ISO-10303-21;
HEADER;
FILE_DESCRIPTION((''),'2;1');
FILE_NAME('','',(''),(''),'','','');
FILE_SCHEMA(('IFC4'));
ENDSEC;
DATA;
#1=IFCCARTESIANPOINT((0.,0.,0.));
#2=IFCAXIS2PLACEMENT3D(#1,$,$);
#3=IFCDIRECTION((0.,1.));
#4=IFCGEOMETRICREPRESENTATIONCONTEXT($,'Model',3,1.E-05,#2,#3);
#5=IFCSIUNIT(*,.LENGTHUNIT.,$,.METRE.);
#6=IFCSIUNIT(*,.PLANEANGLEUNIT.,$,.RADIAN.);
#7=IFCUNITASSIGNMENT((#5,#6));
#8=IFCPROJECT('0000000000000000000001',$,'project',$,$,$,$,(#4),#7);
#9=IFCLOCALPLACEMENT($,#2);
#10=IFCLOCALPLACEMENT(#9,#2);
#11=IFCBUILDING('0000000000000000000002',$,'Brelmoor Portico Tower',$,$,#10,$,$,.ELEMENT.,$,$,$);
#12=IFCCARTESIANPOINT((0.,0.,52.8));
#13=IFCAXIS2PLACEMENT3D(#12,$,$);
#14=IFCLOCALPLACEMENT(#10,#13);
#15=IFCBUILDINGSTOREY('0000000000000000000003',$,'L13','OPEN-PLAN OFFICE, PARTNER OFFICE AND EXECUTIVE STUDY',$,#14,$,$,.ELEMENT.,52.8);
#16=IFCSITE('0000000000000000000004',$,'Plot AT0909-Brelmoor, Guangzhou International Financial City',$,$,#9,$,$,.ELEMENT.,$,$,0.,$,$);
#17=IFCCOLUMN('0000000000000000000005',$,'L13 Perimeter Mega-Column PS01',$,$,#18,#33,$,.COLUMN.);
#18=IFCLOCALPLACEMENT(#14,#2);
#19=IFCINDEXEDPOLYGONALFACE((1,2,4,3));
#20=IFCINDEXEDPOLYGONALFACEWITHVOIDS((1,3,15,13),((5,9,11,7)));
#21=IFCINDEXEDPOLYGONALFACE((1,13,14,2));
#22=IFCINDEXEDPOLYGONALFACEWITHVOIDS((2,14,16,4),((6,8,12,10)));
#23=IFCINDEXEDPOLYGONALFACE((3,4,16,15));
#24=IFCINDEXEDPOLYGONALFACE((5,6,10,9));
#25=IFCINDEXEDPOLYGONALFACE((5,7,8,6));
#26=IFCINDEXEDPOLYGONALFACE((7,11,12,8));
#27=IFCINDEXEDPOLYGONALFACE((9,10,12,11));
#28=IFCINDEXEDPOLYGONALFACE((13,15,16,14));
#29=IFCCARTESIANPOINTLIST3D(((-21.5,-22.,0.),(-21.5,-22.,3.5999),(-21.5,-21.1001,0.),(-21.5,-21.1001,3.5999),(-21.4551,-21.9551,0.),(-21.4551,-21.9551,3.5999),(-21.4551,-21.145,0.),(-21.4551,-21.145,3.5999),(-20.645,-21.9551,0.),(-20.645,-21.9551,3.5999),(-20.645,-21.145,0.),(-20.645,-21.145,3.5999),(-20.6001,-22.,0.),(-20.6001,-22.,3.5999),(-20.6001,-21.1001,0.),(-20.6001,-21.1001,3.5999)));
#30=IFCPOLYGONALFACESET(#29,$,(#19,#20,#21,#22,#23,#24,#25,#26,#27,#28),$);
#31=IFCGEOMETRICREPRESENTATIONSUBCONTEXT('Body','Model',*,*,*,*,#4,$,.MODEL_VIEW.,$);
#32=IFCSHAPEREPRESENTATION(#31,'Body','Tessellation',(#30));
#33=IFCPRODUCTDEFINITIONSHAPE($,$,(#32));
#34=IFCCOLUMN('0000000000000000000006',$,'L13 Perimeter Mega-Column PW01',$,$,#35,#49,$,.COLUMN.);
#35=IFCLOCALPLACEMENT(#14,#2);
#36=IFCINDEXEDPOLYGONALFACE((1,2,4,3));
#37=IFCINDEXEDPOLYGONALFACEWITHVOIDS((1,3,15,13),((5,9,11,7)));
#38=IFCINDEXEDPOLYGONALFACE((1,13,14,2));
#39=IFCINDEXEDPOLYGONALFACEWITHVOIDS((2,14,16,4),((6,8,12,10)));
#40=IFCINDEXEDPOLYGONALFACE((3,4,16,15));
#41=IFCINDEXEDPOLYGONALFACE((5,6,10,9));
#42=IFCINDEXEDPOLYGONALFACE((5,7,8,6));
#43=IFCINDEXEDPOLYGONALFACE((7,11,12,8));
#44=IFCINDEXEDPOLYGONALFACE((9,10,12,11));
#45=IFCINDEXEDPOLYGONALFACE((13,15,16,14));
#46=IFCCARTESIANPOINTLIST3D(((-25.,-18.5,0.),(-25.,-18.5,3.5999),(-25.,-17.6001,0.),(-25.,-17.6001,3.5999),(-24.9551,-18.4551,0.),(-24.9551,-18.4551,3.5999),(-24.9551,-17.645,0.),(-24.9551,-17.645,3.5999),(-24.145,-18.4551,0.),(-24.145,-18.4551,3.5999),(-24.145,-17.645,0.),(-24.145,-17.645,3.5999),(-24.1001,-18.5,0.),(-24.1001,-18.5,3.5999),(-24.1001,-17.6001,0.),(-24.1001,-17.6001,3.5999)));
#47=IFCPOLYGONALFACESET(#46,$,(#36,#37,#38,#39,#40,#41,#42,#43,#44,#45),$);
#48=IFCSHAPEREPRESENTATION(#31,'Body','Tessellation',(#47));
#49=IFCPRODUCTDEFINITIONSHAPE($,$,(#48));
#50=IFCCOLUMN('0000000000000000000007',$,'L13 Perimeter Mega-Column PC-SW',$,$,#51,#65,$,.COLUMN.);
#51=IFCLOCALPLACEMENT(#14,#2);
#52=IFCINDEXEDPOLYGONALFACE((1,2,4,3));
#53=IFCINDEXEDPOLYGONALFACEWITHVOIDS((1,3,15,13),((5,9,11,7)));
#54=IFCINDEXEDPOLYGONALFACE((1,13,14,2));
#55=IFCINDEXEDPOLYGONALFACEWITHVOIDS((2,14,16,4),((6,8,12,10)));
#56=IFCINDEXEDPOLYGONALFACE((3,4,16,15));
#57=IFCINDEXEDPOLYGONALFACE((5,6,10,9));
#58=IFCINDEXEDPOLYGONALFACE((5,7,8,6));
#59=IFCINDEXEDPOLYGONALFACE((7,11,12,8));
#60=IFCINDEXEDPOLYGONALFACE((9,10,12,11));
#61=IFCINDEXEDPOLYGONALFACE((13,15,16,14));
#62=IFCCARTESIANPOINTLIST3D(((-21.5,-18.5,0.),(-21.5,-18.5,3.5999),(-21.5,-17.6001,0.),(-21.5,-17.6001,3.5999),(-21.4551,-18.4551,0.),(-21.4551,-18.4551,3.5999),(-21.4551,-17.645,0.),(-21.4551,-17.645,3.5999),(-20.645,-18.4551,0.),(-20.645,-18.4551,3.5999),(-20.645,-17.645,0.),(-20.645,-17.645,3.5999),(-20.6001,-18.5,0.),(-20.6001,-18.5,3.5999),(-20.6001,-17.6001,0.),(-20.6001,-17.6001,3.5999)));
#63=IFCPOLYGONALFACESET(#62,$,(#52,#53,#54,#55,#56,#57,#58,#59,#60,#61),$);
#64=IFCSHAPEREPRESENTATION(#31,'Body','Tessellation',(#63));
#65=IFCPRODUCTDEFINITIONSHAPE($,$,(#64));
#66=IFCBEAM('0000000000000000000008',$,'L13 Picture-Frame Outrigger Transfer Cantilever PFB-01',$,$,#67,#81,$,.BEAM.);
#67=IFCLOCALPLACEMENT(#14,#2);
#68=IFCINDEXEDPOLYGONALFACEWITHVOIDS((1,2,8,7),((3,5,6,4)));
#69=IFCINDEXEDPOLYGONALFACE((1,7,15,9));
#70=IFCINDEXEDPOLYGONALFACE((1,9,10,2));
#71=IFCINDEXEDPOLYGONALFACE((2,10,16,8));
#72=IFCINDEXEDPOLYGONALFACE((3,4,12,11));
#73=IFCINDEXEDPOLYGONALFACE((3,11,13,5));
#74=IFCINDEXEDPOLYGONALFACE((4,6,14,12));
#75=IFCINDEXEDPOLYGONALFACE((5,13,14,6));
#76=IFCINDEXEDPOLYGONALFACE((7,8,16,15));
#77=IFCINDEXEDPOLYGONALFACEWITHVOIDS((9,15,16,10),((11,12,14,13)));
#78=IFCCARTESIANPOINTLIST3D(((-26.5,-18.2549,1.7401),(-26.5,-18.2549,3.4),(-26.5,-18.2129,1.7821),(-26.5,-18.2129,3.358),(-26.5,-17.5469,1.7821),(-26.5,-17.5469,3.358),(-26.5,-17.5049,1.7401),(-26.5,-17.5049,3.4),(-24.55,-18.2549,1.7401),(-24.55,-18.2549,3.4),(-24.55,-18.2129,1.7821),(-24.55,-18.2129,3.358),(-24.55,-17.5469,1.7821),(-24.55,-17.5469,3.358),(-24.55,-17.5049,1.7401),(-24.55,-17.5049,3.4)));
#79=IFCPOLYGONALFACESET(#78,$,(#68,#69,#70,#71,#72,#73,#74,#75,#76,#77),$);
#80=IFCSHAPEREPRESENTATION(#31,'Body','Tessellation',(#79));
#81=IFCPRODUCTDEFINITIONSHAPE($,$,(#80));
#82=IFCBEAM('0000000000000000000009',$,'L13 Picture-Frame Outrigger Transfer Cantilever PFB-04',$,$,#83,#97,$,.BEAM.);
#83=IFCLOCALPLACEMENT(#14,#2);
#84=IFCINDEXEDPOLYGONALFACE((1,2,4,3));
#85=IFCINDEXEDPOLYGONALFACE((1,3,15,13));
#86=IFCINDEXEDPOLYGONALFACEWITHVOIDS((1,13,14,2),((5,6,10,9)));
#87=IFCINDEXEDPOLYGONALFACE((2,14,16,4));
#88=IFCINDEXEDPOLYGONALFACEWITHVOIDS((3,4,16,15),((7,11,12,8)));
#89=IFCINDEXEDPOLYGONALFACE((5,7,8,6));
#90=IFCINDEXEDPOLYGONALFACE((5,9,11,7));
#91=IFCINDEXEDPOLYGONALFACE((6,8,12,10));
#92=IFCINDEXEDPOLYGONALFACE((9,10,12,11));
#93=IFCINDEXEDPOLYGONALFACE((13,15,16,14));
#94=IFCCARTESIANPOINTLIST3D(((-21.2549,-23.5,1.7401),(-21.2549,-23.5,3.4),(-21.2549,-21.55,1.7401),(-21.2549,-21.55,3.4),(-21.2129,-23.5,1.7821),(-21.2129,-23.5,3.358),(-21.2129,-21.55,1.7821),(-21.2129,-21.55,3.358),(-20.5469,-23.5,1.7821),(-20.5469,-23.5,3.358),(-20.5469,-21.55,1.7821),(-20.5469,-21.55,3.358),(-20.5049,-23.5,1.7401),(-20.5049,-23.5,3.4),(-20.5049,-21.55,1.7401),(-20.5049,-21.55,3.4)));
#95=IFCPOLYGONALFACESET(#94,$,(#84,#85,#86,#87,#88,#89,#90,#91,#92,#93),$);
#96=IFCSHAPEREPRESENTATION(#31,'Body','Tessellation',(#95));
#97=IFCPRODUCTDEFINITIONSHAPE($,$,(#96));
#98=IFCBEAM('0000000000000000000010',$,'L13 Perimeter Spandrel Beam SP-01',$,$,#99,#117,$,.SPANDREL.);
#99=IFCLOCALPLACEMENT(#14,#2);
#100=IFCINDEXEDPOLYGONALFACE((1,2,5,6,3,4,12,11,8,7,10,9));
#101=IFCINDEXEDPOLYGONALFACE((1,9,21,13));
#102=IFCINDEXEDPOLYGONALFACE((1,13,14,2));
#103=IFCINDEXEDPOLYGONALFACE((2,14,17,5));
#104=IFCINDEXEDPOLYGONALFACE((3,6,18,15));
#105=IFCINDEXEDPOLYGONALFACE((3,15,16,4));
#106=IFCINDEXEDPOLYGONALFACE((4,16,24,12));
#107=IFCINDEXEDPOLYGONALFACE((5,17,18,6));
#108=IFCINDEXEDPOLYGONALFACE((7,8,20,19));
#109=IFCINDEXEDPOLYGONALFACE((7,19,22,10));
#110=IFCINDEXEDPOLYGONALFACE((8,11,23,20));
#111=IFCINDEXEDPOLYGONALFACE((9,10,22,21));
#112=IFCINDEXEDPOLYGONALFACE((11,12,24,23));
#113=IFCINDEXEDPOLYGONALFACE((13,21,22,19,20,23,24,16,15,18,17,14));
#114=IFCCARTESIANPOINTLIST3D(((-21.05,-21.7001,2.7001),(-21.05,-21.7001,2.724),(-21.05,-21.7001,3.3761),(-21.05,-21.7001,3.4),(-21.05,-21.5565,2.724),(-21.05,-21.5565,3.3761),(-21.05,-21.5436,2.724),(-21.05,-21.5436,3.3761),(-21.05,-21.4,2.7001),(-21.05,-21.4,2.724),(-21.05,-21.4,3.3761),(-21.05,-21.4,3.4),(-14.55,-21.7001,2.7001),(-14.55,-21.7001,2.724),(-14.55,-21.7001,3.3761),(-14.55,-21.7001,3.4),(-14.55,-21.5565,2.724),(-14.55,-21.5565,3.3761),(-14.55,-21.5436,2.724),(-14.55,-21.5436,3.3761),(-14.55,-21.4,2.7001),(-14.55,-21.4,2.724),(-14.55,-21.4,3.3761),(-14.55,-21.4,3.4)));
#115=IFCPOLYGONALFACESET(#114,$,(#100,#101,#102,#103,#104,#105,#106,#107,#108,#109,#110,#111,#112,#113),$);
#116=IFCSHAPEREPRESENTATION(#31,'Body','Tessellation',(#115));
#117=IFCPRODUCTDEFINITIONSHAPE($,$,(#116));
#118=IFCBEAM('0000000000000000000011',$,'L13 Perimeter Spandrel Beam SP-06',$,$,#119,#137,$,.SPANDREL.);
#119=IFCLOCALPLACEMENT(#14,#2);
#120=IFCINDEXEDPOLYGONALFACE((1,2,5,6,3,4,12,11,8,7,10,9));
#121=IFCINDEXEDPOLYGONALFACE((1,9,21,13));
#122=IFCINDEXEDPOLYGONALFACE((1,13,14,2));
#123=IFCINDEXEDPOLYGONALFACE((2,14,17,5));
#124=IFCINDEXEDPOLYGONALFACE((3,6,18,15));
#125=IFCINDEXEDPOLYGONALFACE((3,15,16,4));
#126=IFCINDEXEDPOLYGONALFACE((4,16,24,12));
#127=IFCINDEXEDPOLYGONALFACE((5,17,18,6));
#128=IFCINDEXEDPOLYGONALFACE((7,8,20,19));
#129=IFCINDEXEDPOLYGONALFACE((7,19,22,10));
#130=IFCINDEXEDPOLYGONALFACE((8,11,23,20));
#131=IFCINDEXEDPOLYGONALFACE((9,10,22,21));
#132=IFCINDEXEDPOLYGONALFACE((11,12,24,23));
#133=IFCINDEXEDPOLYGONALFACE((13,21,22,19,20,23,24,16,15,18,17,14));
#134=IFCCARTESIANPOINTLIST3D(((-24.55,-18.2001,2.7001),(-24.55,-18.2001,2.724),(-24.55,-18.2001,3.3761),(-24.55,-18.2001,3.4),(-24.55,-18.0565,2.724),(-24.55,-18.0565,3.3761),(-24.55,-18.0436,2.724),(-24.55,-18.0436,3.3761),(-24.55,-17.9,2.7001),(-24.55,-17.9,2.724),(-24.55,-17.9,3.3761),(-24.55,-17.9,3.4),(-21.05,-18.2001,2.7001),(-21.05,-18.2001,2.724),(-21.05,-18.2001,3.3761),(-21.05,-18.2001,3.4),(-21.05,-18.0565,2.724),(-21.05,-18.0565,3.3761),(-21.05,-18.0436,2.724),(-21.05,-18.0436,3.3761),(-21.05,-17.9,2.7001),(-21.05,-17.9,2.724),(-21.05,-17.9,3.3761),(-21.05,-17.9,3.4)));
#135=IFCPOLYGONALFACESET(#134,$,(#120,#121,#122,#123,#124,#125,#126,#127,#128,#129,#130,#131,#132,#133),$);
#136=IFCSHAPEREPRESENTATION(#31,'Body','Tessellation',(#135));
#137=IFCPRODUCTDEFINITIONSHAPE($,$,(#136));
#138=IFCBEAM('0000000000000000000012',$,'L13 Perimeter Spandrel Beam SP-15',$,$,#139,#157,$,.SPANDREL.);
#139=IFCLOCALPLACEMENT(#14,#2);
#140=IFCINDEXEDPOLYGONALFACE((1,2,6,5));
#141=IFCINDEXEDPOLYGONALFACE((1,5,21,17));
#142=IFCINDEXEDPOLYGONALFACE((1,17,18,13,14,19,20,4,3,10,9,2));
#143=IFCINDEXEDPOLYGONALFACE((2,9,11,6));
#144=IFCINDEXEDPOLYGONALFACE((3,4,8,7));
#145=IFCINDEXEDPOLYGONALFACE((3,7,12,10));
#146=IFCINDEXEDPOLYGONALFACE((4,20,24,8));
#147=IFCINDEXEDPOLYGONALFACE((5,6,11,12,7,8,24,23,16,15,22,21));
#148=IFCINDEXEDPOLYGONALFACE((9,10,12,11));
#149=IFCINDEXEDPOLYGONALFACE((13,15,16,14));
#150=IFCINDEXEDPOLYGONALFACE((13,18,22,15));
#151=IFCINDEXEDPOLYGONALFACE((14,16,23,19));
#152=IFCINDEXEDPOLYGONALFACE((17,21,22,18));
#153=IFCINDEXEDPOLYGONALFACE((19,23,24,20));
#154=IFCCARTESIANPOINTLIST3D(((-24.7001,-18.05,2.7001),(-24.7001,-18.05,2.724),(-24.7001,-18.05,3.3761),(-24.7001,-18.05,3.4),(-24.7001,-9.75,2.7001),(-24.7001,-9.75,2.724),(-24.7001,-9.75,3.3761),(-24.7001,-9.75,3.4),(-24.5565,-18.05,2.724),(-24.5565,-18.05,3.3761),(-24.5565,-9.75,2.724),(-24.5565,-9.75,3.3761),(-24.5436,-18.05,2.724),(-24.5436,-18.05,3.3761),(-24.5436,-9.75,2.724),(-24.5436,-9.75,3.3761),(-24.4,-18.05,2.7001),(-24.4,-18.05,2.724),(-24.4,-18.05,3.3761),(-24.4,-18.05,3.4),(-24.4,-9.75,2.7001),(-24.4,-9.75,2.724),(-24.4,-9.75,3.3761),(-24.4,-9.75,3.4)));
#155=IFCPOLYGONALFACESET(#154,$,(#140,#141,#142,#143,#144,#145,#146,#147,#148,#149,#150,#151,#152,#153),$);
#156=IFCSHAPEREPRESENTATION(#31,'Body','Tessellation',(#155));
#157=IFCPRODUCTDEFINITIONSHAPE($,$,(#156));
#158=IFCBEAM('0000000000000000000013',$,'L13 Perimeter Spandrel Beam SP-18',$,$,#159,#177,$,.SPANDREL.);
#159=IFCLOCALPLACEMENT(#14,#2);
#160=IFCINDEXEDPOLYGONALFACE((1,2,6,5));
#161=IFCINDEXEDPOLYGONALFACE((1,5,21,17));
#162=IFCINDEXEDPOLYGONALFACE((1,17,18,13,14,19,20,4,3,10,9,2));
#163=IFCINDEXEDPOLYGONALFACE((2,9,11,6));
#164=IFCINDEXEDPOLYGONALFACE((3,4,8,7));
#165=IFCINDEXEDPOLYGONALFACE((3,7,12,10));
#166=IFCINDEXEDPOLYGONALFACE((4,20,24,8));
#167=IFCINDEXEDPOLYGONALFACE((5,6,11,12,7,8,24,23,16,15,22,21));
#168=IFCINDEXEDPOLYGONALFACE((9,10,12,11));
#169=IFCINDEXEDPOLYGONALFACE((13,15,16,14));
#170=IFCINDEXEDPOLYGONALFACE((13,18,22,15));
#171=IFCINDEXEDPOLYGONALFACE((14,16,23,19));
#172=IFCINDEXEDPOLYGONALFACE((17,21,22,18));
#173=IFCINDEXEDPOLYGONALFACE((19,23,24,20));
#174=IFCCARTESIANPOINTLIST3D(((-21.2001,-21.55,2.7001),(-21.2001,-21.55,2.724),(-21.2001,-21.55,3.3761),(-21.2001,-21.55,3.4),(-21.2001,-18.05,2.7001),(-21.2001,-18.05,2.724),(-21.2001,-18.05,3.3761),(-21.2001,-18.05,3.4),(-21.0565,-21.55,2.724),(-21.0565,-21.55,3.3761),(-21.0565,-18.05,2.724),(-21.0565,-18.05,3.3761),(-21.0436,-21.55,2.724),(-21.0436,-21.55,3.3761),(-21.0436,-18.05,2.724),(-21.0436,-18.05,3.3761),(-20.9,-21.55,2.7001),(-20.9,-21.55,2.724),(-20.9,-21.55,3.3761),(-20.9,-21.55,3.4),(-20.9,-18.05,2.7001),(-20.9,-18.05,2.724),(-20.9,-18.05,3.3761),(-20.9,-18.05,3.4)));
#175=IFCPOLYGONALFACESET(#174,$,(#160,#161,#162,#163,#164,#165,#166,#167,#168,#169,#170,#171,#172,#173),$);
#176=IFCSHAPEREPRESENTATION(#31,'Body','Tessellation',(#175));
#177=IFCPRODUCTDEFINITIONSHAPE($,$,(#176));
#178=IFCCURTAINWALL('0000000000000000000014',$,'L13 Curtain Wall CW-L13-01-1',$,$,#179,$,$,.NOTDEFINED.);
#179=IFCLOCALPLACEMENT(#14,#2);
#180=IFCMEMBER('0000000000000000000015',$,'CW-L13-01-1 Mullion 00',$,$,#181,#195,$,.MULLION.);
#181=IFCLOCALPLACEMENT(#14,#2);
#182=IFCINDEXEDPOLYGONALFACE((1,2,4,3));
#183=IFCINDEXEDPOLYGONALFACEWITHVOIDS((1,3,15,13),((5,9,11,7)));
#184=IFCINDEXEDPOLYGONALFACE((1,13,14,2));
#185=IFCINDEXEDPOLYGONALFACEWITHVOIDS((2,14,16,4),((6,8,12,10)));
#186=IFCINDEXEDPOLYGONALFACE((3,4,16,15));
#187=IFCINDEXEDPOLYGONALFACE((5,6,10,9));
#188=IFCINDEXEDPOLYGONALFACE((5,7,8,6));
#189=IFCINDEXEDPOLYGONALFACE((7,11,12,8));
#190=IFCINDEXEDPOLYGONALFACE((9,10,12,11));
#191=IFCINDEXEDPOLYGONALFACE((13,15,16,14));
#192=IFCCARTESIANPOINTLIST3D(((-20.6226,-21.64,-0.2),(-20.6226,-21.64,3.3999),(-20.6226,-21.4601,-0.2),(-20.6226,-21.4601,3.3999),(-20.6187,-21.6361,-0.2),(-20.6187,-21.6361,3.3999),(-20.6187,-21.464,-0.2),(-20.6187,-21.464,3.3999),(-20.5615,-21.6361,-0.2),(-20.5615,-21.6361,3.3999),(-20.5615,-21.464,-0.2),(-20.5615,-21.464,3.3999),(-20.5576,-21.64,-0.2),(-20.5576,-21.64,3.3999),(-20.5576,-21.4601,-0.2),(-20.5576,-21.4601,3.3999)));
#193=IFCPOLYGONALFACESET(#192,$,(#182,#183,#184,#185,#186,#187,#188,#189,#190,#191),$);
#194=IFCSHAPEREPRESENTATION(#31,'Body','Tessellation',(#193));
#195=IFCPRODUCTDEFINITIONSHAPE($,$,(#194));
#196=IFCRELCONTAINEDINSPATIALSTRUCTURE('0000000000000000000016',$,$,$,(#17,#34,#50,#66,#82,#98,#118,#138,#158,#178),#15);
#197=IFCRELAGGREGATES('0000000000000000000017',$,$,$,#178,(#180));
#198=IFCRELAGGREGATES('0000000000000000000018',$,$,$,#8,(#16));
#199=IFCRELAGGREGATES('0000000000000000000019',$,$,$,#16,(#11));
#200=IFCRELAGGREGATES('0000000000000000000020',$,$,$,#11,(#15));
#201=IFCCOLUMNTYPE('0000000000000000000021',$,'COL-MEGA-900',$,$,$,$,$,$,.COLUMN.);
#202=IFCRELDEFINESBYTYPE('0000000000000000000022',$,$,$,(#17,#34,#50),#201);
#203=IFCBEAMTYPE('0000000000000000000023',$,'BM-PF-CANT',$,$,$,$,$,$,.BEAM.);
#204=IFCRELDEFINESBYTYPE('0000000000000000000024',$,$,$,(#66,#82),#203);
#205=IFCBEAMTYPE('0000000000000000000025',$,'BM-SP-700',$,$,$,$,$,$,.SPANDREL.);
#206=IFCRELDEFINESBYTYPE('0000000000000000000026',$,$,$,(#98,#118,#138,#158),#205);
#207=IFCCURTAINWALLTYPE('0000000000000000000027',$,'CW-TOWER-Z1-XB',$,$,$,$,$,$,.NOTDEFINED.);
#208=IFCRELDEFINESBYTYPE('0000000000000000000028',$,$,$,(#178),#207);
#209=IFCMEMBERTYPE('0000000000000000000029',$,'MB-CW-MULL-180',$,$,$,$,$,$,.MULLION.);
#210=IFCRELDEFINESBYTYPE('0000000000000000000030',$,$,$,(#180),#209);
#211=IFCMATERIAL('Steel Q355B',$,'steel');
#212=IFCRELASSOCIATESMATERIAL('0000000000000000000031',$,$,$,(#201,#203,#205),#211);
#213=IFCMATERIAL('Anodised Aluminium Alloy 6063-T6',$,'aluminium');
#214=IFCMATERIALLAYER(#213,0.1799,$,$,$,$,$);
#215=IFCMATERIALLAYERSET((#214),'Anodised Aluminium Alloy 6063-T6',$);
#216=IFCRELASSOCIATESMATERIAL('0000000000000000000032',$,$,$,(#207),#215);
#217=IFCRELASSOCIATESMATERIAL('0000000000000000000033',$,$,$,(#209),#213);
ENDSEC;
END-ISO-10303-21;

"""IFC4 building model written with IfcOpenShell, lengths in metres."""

from ifc_helpers import new_model, si_unit, direction, frame, origin, origin_2d, place, context, subcontext, project, spatial, hollow_rectangle, i_section, extrude, material, layer, layer_set, material_profile, profile_set, type_object, element, aggregate, save


model = new_model("IFC4")

# Units and contexts
model_context = context("Model", 3, precision=1e-05, world=origin(), true_north=direction((0.0, 1.0)))
body_context = subcontext(model_context, "Body", "Model", "MODEL_VIEW")
ifc_project = project(units=[si_unit("LENGTHUNIT", "METRE"), si_unit("PLANEANGLEUNIT", "RADIAN")], contexts=[model_context])

# Site, building, storey
site_placement = place(None, origin())
site = spatial("IfcSite", under=ifc_project, at=site_placement, Name="Plot AT0909-Brelmoor, Guangzhou International Financial City", CompositionType="ELEMENT", RefElevation=0.0)
building_placement = place(site_placement, origin())
building = spatial("IfcBuilding", under=site, at=building_placement, Name="Brelmoor Portico Tower", CompositionType="ELEMENT")
storey_placement = place(building_placement, frame((0.0, 0.0, 52.8)))
storey = spatial("IfcBuildingStorey", under=building, at=storey_placement, Name="L13", Description="OPEN-PLAN OFFICE, PARTNER OFFICE AND EXECUTIVE STUDY", CompositionType="ELEMENT", Elevation=52.8)

# Columns
ifc_material_1 = material(Name="Steel Q355B", Category="steel")
ifc_material_profile_1 = material_profile(ifc_material_1, hollow_rectangle(XDim=0.8999, YDim=0.8999, WallThickness=0.0449, at=origin_2d()), Name="BOX 900x900x45")
ifc_profile_set_1 = profile_set([ifc_material_profile_1], Name="Steel Q355B")
column_type = type_object("IfcColumnType", Name="COL-MEGA-900", PredefinedType="COLUMN", material=ifc_profile_set_1)
for number, where, z_axis, x_axis, name in (
    (1, (-21.05, -21.55, 0.0), (0.0, 0.0, 1.0), (1.0, 0.0, 0.0), "L13 Perimeter Mega-Column PS01"),
    (2, (-24.55, -18.05, 0.0), (0.0, 0.0, 1.0), (0.0, 1.0, 0.0), "L13 Perimeter Mega-Column PW01"),
    (3, (-21.05, -18.05, 0.0), (0.0, 0.0, 1.0), (1.0, 0.0, 0.0), "L13 Perimeter Mega-Column PC-SW"),
):
    element("IfcColumn", number, at=place(storey_placement, frame(where, z_axis=z_axis, x_axis=x_axis)), inside=storey, type_object=column_type, Name=name, PredefinedType="COLUMN", context=body_context, shape_type="SweptSolid", body=[
        extrude(hollow_rectangle(XDim=0.8999, YDim=0.8999, WallThickness=0.0449, at=origin_2d()), origin(), (0.0, 0.0, 1.0), 3.5999),
    ])

# Beams
ifc_material_profile_2 = material_profile(ifc_material_1, hollow_rectangle(XDim=0.75, YDim=1.6599, WallThickness=0.042, at=origin_2d()), Name="BOX 750x1660x42")
ifc_profile_set_2 = profile_set([ifc_material_profile_2], Name="Steel Q355B")
beam_type_1 = type_object("IfcBeamType", Name="BM-PF-CANT", PredefinedType="BEAM", material=ifc_profile_set_2)
for number, where, z_axis, x_axis, name in (
    (4, (-26.5, -17.8799, 2.5701), (1.0, 0.0, 0.0), (0.0, 1.0, 0.0), "L13 Picture-Frame Outrigger Transfer Cantilever PFB-01"),
    (5, (-20.8799, -23.5, 2.5701), (0.0, 1.0, 0.0), (-1.0, 0.0, 0.0), "L13 Picture-Frame Outrigger Transfer Cantilever PFB-04"),
):
    element("IfcBeam", number, at=place(storey_placement, frame(where, z_axis=z_axis, x_axis=x_axis)), inside=storey, type_object=beam_type_1, Name=name, PredefinedType="BEAM", context=body_context, shape_type="SweptSolid", body=[
        extrude(hollow_rectangle(XDim=0.75, YDim=1.6599, WallThickness=0.042, at=origin_2d()), origin(), (0.0, 0.0, 1.0), 1.95),
    ])
ifc_material_profile_3 = material_profile(ifc_material_1, i_section(OverallWidth=0.3, OverallDepth=0.7, WebThickness=0.0129, FlangeThickness=0.0239, at=origin_2d()), Name="HN 700x300x13x24")
ifc_profile_set_3 = profile_set([ifc_material_profile_3], Name="Steel Q355B")
beam_type_2 = type_object("IfcBeamType", Name="BM-SP-700", PredefinedType="SPANDREL", material=ifc_profile_set_3)
beam_1_placement = place(storey_placement, frame((-21.05, -21.55, 3.05), z_axis=(1.0, 0.0, 0.0), x_axis=(0.0, 1.0, 0.0)))
element("IfcBeam", 6, at=beam_1_placement, inside=storey, type_object=beam_type_2, Name="L13 Perimeter Spandrel Beam SP-01", PredefinedType="SPANDREL", context=body_context, shape_type="SweptSolid", body=[
    extrude(i_section(OverallWidth=0.3, OverallDepth=0.7, WebThickness=0.0129, FlangeThickness=0.0239, at=origin_2d()), origin(), (0.0, 0.0, 1.0), 6.5),
])
beam_2_placement = place(storey_placement, frame((-24.55, -18.05, 3.05), z_axis=(1.0, 0.0, 0.0), x_axis=(0.0, 1.0, 0.0)))
element("IfcBeam", 7, at=beam_2_placement, inside=storey, type_object=beam_type_2, Name="L13 Perimeter Spandrel Beam SP-06", PredefinedType="SPANDREL", context=body_context, shape_type="SweptSolid", body=[
    extrude(i_section(OverallWidth=0.3, OverallDepth=0.7, WebThickness=0.0129, FlangeThickness=0.0239, at=origin_2d()), origin(), (0.0, 0.0, 1.0), 3.5),
])
beam_3_placement = place(storey_placement, frame((-24.55, -18.05, 3.05), z_axis=(0.0, 1.0, 0.0), x_axis=(-1.0, 0.0, 0.0)))
element("IfcBeam", 8, at=beam_3_placement, inside=storey, type_object=beam_type_2, Name="L13 Perimeter Spandrel Beam SP-15", PredefinedType="SPANDREL", context=body_context, shape_type="SweptSolid", body=[
    extrude(i_section(OverallWidth=0.3, OverallDepth=0.7, WebThickness=0.0129, FlangeThickness=0.0239, at=origin_2d()), origin(), (0.0, 0.0, 1.0), 8.3),
])
beam_4_placement = place(storey_placement, frame((-21.05, -21.55, 3.05), z_axis=(0.0, 1.0, 0.0), x_axis=(-1.0, 0.0, 0.0)))
element("IfcBeam", 9, at=beam_4_placement, inside=storey, type_object=beam_type_2, Name="L13 Perimeter Spandrel Beam SP-18", PredefinedType="SPANDREL", context=body_context, shape_type="SweptSolid", body=[
    extrude(i_section(OverallWidth=0.3, OverallDepth=0.7, WebThickness=0.0129, FlangeThickness=0.0239, at=origin_2d()), origin(), (0.0, 0.0, 1.0), 3.5),
])

# Curtain wall, member
ifc_material_2 = material(Name="Anodised Aluminium Alloy 6063-T6", Category="aluminium")
ifc_layer_1 = layer(ifc_material_2, 0.1799)
ifc_layer_set_1 = layer_set([ifc_layer_1], Name="Anodised Aluminium Alloy 6063-T6")
curtain_wall_type = type_object("IfcCurtainWallType", Name="CW-TOWER-Z1-XB", PredefinedType="NOTDEFINED", material=ifc_layer_set_1)
curtain_wall_1_placement = place(storey_placement, origin())
curtain_wall_1 = element("IfcCurtainWall", 10, at=curtain_wall_1_placement, inside=storey, type_object=curtain_wall_type, Name="L13 Curtain Wall CW-L13-01-1", PredefinedType="NOTDEFINED")
ifc_material_profile_4 = material_profile(ifc_material_2, hollow_rectangle(XDim=0.0649, YDim=0.1799, WallThickness=0.0039, at=origin_2d()), Name="ALU MULLION 65x180")
ifc_profile_set_4 = profile_set([ifc_material_profile_4], Name="Anodised Aluminium Alloy 6063-T6")
member_type_1 = type_object("IfcMemberType", Name="MB-CW-MULL-180", PredefinedType="MULLION", material=ifc_profile_set_4)
member_1_placement = place(storey_placement, frame((-20.5901, -21.55, -0.2), z_axis=(0.0, 0.0, 1.0), x_axis=(1.0, 0.0, 0.0)))
member_1 = element("IfcMember", 11, at=member_1_placement, type_object=member_type_1, Name="CW-L13-01-1 Mullion 00", PredefinedType="MULLION", context=body_context, shape_type="SweptSolid", body=[
    extrude(hollow_rectangle(XDim=0.0649, YDim=0.1799, WallThickness=0.0039, at=origin_2d()), origin(), (0.0, 0.0, 1.0), 3.5999),
])

aggregate(curtain_wall_1, [member_1])

save(model, "model.ifc")
